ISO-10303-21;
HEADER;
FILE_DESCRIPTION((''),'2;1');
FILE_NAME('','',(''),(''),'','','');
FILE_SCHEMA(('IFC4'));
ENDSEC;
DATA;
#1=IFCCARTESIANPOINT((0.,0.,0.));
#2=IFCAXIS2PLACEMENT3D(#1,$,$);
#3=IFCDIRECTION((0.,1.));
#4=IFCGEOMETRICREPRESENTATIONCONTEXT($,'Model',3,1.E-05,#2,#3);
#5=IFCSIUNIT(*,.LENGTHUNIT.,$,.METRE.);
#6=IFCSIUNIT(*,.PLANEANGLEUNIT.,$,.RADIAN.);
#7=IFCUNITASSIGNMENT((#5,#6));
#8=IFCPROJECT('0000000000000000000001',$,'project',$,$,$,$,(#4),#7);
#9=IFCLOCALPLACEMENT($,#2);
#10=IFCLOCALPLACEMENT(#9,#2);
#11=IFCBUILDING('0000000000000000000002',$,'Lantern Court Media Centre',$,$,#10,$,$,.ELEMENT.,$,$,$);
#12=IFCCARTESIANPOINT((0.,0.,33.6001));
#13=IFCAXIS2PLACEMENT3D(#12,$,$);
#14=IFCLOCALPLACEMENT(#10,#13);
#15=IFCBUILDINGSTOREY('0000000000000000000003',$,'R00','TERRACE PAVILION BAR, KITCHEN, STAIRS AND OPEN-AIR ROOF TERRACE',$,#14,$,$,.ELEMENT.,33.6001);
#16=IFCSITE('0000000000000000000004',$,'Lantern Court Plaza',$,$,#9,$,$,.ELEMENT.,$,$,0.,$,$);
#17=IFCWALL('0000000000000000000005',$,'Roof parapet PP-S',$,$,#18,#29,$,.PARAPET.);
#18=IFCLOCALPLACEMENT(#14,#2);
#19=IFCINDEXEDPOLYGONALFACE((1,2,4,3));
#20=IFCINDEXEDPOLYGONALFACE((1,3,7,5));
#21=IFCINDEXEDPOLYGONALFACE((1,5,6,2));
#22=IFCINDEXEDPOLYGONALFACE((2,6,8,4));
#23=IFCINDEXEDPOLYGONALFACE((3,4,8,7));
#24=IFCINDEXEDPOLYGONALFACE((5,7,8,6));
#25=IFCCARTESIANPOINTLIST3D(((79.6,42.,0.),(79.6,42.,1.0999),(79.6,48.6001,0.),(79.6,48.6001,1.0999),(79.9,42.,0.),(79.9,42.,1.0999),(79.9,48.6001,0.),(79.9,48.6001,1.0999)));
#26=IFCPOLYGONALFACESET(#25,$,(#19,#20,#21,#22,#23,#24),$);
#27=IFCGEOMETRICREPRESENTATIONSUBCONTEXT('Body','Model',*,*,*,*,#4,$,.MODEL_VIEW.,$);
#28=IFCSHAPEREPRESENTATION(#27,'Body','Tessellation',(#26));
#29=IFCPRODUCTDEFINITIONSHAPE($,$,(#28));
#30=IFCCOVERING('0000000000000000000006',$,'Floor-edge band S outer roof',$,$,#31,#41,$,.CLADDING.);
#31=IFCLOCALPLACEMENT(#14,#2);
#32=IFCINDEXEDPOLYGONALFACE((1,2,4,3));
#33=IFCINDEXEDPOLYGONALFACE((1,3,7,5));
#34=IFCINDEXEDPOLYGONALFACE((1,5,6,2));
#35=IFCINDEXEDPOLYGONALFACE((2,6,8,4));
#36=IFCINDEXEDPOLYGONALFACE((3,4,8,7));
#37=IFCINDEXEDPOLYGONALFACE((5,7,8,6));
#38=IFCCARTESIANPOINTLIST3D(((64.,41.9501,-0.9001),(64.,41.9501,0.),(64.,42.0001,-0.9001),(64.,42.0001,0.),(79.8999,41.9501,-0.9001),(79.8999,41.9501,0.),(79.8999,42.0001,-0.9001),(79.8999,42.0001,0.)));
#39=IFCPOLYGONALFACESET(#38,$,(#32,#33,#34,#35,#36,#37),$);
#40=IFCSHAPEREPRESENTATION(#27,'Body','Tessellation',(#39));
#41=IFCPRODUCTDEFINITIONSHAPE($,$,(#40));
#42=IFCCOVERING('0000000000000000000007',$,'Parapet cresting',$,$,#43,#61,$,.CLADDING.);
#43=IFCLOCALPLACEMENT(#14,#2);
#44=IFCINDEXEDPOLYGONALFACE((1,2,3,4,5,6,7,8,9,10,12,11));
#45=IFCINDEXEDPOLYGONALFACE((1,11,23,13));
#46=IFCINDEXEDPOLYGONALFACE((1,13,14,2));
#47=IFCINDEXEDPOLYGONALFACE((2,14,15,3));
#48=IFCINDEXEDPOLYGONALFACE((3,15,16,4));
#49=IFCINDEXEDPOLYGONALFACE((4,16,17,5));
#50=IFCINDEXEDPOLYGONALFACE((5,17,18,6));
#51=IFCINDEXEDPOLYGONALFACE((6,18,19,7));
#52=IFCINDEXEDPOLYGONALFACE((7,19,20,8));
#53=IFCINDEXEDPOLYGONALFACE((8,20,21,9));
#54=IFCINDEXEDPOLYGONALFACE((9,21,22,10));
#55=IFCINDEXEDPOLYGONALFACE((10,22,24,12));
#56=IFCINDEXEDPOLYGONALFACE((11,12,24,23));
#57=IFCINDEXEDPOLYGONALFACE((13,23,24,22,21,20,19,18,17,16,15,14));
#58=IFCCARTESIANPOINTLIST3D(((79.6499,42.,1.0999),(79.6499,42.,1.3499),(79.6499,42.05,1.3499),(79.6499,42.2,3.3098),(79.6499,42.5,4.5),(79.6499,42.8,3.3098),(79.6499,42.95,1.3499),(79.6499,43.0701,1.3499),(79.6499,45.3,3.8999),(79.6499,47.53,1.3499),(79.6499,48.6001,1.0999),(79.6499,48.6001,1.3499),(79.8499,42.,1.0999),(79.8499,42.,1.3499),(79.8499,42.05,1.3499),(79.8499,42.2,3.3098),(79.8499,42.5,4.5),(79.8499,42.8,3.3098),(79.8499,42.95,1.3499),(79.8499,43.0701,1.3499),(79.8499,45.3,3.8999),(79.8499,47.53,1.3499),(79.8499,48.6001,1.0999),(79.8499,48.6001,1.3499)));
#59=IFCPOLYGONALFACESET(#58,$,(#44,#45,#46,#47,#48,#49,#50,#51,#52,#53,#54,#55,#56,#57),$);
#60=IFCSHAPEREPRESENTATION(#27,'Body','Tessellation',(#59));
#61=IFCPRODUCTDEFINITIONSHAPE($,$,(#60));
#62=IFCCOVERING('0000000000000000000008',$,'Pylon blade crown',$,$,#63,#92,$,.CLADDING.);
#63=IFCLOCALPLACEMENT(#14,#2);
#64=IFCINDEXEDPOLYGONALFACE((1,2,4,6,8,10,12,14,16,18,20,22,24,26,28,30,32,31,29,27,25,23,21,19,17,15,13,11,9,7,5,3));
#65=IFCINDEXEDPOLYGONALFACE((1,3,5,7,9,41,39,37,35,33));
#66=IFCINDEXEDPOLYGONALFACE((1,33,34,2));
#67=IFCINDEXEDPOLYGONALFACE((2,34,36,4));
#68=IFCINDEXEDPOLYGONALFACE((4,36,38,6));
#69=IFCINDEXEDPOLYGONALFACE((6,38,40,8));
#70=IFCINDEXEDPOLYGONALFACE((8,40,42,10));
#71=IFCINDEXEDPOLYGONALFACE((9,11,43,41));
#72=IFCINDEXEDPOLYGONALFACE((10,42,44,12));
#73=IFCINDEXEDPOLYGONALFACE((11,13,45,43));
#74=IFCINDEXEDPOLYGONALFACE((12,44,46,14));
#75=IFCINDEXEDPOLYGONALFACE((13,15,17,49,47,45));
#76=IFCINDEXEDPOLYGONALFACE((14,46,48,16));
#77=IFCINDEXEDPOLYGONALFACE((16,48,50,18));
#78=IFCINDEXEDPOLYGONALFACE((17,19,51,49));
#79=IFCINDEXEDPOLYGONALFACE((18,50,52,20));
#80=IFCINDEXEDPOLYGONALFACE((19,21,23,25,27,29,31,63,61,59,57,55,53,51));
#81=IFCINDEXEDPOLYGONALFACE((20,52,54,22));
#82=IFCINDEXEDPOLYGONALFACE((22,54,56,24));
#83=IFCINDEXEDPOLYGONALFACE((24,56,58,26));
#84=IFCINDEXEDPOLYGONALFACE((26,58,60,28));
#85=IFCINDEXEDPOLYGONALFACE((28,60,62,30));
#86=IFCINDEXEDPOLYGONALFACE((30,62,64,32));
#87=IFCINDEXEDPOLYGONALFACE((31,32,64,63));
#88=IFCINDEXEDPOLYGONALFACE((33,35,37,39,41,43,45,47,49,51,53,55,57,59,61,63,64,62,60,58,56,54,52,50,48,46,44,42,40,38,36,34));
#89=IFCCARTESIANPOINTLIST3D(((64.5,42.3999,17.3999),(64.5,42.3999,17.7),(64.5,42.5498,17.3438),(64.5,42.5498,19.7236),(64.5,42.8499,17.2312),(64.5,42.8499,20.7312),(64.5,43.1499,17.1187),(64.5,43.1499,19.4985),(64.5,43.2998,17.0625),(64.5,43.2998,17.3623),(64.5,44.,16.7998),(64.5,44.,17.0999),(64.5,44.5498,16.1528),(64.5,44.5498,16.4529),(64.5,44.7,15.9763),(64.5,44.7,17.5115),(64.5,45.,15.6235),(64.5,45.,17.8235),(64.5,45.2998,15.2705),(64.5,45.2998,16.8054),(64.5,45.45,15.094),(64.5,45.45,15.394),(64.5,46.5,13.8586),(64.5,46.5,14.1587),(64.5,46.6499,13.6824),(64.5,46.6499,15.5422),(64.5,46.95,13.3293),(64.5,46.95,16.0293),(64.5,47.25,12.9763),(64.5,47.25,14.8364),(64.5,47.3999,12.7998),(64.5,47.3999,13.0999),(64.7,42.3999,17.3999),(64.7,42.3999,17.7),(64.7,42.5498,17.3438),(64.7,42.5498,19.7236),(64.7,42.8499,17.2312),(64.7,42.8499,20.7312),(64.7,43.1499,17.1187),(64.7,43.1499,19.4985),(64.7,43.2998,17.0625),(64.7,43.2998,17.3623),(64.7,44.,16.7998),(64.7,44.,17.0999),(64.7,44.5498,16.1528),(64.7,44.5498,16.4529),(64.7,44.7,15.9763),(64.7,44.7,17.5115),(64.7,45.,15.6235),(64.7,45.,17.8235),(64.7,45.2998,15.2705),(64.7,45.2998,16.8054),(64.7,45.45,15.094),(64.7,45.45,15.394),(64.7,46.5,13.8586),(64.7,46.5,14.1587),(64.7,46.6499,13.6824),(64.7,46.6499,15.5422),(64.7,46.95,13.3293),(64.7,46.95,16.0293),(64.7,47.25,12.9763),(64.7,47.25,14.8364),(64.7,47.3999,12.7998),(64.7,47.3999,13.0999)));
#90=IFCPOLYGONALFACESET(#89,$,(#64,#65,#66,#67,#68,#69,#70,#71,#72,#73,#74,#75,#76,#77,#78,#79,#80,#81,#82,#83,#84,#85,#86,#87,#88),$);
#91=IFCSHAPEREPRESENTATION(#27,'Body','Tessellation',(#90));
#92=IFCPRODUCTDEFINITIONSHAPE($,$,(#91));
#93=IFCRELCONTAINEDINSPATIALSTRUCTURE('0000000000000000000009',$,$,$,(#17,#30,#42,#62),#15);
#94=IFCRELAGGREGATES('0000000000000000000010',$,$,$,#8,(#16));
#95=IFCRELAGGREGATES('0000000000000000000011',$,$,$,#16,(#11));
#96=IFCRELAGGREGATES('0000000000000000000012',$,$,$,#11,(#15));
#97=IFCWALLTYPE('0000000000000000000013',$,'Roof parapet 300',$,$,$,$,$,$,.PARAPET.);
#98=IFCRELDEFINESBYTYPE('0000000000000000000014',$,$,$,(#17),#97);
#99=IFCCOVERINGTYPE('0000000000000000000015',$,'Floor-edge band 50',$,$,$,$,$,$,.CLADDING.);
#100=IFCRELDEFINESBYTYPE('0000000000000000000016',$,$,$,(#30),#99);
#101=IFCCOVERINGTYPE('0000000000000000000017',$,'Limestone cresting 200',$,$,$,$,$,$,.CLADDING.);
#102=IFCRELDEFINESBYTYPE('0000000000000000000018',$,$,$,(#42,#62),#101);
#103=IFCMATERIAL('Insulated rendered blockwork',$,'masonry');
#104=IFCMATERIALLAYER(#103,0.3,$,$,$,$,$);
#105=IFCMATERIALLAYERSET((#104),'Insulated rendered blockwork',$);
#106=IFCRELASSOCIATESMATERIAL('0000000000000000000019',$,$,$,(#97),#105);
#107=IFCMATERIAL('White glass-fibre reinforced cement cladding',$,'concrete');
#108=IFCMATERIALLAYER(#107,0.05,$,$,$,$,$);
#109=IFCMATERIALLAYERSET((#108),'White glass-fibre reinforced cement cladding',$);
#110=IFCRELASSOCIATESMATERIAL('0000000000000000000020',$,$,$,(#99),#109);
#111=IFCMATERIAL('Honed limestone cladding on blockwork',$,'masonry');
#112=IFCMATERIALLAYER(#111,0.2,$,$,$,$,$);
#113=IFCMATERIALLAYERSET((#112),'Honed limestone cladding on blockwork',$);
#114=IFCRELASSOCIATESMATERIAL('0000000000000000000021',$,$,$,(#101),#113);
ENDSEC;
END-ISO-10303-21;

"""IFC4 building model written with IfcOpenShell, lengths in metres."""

from ifc_helpers import new_model, si_unit, direction, frame, frame_2d, origin, place, context, subcontext, project, spatial, polyline, rectangle, outline, extrude, material, layer, layer_set, type_object, element, save


model = new_model("IFC4")

# Units and contexts
model_context = context("Model", 3, precision=1e-05, world=origin(), true_north=direction((0.0, 1.0)))
body_context = subcontext(model_context, "Body", "Model", "MODEL_VIEW")
ifc_project = project(units=[si_unit("LENGTHUNIT", "METRE"), si_unit("PLANEANGLEUNIT", "RADIAN")], contexts=[model_context])

# Site, building, storey
site_placement = place(None, origin())
site = spatial("IfcSite", under=ifc_project, at=site_placement, Name="Lantern Court Plaza", CompositionType="ELEMENT", RefElevation=0.0)
building_placement = place(site_placement, origin())
building = spatial("IfcBuilding", under=site, at=building_placement, Name="Lantern Court Media Centre", CompositionType="ELEMENT")
storey_placement = place(building_placement, frame((0.0, 0.0, 33.6001)))
storey = spatial("IfcBuildingStorey", under=building, at=storey_placement, Name="R00", Description="TERRACE PAVILION BAR, KITCHEN, STAIRS AND OPEN-AIR ROOF TERRACE", CompositionType="ELEMENT", Elevation=33.6001)

# Wall
ifc_material_1 = material(Name="Honed limestone cladding on blockwork", Category="masonry")
ifc_material_2 = material(Name="Insulated rendered blockwork", Category="masonry")
ifc_layer_1 = layer(ifc_material_2, 0.3)
ifc_layer_set_1 = layer_set([ifc_layer_1], Name="Insulated rendered blockwork")
wall_type_1 = type_object("IfcWallType", Name="Roof parapet 300", PredefinedType="PARAPET", material=ifc_layer_set_1)
wall_1_placement = place(storey_placement, frame((79.75, 42.0, 0.0), z_axis=(0.0, 0.0, 1.0), x_axis=(0.0, 1.0, 0.0)))
element("IfcWall", 1, at=wall_1_placement, inside=storey, type_object=wall_type_1, Name="Roof parapet PP-S", PredefinedType="PARAPET", context=body_context, shape_type="SweptSolid", body=[
    extrude(rectangle(XDim=6.6001, YDim=0.3, at=frame_2d((3.3, 0.0))), origin(), (0.0, 0.0, 1.0), 1.0999),
])

# Coverings
ifc_material_3 = material(Name="White glass-fibre reinforced cement cladding", Category="concrete")
ifc_layer_2 = layer(ifc_material_3, 0.05)
ifc_layer_set_2 = layer_set([ifc_layer_2], Name="White glass-fibre reinforced cement cladding")
covering_type_1 = type_object("IfcCoveringType", Name="Floor-edge band 50", PredefinedType="CLADDING", material=ifc_layer_set_2)
covering_1_placement = place(storey_placement, frame((64.0, 41.9751, -0.9001), z_axis=(0.0, 0.0, 1.0), x_axis=(1.0, 0.0, 0.0)))
element("IfcCovering", 2, at=covering_1_placement, inside=storey, type_object=covering_type_1, Name="Floor-edge band S outer roof", PredefinedType="CLADDING", context=body_context, shape_type="SweptSolid", body=[
    extrude(rectangle(XDim=15.8999, YDim=0.05, at=frame_2d((7.95, 0.0))), origin(), (0.0, 0.0, 1.0), 0.9001),
])
ifc_layer_3 = layer(ifc_material_1, 0.2)
ifc_layer_set_3 = layer_set([ifc_layer_3], Name="Honed limestone cladding on blockwork")
covering_type_2 = type_object("IfcCoveringType", Name="Limestone cresting 200", PredefinedType="CLADDING", material=ifc_layer_set_3)
covering_2_placement = place(storey_placement, frame((79.75, 42.0, 1.0999), z_axis=(0.0, 0.0, 1.0), x_axis=(0.0, 1.0, 0.0)))
element("IfcCovering", 3, at=covering_2_placement, inside=storey, type_object=covering_type_2, Name="Parapet cresting", PredefinedType="CLADDING", context=body_context, shape_type="SweptSolid", body=[
    extrude(outline(polyline([(0.0, 0.0), (6.6001, 0.0), (6.6001, 0.25), (5.53, 0.25), (3.3, 2.8), (1.0701, 0.25), (0.95, 0.25), (0.8, 2.21), (0.5, 3.4001), (0.2, 2.21), (0.05, 0.25), (0.0, 0.25), (0.0, 0.0)])), frame((0.0, 0.1001, 0.0), z_axis=(0.0, -1.0, 0.0), x_axis=(1.0, 0.0, 0.0)), (0.0, 0.0, 1.0), 0.2),
])
covering_3_placement = place(storey_placement, frame((64.6001, 42.3999, 12.7998), z_axis=(0.0, 0.0, 1.0), x_axis=(0.0, 1.0, 0.0)))
element("IfcCovering", 4, at=covering_3_placement, inside=storey, type_object=covering_type_2, Name="Pylon blade crown", PredefinedType="CLADDING", context=body_context, shape_type="SweptSolid", body=[
    extrude(outline(polyline([(0.0, 4.6001), (0.1499, 4.5439), (0.45, 4.4314), (0.75, 4.3188), (0.8999, 4.2627), (1.6001, 4.0), (2.1499, 3.353), (2.3, 3.1765), (2.6001, 2.8237), (2.8999, 2.4707), (3.05, 2.2942), (4.1001, 1.0588), (4.25, 0.8826), (4.55, 0.5295), (4.8501, 0.1765), (5.0, 0.0), (5.0, 0.3), (4.8501, 2.0366), (4.55, 3.2295), (4.25, 2.7424), (4.1001, 1.3589), (3.05, 2.5942), (2.8999, 4.0056), (2.6001, 5.0237), (2.3, 4.7117), (2.1499, 3.6531), (1.6001, 4.3), (0.8999, 4.5625), (0.75, 6.6987), (0.45, 7.9314), (0.1499, 6.9238), (0.0, 4.9001), (0.0, 4.6001)])), frame((0.0, 0.1001, 0.0), z_axis=(0.0, -1.0, 0.0), x_axis=(1.0, 0.0, 0.0)), (0.0, 0.0, 1.0), 0.2),
])

save(model, "model.ifc")
